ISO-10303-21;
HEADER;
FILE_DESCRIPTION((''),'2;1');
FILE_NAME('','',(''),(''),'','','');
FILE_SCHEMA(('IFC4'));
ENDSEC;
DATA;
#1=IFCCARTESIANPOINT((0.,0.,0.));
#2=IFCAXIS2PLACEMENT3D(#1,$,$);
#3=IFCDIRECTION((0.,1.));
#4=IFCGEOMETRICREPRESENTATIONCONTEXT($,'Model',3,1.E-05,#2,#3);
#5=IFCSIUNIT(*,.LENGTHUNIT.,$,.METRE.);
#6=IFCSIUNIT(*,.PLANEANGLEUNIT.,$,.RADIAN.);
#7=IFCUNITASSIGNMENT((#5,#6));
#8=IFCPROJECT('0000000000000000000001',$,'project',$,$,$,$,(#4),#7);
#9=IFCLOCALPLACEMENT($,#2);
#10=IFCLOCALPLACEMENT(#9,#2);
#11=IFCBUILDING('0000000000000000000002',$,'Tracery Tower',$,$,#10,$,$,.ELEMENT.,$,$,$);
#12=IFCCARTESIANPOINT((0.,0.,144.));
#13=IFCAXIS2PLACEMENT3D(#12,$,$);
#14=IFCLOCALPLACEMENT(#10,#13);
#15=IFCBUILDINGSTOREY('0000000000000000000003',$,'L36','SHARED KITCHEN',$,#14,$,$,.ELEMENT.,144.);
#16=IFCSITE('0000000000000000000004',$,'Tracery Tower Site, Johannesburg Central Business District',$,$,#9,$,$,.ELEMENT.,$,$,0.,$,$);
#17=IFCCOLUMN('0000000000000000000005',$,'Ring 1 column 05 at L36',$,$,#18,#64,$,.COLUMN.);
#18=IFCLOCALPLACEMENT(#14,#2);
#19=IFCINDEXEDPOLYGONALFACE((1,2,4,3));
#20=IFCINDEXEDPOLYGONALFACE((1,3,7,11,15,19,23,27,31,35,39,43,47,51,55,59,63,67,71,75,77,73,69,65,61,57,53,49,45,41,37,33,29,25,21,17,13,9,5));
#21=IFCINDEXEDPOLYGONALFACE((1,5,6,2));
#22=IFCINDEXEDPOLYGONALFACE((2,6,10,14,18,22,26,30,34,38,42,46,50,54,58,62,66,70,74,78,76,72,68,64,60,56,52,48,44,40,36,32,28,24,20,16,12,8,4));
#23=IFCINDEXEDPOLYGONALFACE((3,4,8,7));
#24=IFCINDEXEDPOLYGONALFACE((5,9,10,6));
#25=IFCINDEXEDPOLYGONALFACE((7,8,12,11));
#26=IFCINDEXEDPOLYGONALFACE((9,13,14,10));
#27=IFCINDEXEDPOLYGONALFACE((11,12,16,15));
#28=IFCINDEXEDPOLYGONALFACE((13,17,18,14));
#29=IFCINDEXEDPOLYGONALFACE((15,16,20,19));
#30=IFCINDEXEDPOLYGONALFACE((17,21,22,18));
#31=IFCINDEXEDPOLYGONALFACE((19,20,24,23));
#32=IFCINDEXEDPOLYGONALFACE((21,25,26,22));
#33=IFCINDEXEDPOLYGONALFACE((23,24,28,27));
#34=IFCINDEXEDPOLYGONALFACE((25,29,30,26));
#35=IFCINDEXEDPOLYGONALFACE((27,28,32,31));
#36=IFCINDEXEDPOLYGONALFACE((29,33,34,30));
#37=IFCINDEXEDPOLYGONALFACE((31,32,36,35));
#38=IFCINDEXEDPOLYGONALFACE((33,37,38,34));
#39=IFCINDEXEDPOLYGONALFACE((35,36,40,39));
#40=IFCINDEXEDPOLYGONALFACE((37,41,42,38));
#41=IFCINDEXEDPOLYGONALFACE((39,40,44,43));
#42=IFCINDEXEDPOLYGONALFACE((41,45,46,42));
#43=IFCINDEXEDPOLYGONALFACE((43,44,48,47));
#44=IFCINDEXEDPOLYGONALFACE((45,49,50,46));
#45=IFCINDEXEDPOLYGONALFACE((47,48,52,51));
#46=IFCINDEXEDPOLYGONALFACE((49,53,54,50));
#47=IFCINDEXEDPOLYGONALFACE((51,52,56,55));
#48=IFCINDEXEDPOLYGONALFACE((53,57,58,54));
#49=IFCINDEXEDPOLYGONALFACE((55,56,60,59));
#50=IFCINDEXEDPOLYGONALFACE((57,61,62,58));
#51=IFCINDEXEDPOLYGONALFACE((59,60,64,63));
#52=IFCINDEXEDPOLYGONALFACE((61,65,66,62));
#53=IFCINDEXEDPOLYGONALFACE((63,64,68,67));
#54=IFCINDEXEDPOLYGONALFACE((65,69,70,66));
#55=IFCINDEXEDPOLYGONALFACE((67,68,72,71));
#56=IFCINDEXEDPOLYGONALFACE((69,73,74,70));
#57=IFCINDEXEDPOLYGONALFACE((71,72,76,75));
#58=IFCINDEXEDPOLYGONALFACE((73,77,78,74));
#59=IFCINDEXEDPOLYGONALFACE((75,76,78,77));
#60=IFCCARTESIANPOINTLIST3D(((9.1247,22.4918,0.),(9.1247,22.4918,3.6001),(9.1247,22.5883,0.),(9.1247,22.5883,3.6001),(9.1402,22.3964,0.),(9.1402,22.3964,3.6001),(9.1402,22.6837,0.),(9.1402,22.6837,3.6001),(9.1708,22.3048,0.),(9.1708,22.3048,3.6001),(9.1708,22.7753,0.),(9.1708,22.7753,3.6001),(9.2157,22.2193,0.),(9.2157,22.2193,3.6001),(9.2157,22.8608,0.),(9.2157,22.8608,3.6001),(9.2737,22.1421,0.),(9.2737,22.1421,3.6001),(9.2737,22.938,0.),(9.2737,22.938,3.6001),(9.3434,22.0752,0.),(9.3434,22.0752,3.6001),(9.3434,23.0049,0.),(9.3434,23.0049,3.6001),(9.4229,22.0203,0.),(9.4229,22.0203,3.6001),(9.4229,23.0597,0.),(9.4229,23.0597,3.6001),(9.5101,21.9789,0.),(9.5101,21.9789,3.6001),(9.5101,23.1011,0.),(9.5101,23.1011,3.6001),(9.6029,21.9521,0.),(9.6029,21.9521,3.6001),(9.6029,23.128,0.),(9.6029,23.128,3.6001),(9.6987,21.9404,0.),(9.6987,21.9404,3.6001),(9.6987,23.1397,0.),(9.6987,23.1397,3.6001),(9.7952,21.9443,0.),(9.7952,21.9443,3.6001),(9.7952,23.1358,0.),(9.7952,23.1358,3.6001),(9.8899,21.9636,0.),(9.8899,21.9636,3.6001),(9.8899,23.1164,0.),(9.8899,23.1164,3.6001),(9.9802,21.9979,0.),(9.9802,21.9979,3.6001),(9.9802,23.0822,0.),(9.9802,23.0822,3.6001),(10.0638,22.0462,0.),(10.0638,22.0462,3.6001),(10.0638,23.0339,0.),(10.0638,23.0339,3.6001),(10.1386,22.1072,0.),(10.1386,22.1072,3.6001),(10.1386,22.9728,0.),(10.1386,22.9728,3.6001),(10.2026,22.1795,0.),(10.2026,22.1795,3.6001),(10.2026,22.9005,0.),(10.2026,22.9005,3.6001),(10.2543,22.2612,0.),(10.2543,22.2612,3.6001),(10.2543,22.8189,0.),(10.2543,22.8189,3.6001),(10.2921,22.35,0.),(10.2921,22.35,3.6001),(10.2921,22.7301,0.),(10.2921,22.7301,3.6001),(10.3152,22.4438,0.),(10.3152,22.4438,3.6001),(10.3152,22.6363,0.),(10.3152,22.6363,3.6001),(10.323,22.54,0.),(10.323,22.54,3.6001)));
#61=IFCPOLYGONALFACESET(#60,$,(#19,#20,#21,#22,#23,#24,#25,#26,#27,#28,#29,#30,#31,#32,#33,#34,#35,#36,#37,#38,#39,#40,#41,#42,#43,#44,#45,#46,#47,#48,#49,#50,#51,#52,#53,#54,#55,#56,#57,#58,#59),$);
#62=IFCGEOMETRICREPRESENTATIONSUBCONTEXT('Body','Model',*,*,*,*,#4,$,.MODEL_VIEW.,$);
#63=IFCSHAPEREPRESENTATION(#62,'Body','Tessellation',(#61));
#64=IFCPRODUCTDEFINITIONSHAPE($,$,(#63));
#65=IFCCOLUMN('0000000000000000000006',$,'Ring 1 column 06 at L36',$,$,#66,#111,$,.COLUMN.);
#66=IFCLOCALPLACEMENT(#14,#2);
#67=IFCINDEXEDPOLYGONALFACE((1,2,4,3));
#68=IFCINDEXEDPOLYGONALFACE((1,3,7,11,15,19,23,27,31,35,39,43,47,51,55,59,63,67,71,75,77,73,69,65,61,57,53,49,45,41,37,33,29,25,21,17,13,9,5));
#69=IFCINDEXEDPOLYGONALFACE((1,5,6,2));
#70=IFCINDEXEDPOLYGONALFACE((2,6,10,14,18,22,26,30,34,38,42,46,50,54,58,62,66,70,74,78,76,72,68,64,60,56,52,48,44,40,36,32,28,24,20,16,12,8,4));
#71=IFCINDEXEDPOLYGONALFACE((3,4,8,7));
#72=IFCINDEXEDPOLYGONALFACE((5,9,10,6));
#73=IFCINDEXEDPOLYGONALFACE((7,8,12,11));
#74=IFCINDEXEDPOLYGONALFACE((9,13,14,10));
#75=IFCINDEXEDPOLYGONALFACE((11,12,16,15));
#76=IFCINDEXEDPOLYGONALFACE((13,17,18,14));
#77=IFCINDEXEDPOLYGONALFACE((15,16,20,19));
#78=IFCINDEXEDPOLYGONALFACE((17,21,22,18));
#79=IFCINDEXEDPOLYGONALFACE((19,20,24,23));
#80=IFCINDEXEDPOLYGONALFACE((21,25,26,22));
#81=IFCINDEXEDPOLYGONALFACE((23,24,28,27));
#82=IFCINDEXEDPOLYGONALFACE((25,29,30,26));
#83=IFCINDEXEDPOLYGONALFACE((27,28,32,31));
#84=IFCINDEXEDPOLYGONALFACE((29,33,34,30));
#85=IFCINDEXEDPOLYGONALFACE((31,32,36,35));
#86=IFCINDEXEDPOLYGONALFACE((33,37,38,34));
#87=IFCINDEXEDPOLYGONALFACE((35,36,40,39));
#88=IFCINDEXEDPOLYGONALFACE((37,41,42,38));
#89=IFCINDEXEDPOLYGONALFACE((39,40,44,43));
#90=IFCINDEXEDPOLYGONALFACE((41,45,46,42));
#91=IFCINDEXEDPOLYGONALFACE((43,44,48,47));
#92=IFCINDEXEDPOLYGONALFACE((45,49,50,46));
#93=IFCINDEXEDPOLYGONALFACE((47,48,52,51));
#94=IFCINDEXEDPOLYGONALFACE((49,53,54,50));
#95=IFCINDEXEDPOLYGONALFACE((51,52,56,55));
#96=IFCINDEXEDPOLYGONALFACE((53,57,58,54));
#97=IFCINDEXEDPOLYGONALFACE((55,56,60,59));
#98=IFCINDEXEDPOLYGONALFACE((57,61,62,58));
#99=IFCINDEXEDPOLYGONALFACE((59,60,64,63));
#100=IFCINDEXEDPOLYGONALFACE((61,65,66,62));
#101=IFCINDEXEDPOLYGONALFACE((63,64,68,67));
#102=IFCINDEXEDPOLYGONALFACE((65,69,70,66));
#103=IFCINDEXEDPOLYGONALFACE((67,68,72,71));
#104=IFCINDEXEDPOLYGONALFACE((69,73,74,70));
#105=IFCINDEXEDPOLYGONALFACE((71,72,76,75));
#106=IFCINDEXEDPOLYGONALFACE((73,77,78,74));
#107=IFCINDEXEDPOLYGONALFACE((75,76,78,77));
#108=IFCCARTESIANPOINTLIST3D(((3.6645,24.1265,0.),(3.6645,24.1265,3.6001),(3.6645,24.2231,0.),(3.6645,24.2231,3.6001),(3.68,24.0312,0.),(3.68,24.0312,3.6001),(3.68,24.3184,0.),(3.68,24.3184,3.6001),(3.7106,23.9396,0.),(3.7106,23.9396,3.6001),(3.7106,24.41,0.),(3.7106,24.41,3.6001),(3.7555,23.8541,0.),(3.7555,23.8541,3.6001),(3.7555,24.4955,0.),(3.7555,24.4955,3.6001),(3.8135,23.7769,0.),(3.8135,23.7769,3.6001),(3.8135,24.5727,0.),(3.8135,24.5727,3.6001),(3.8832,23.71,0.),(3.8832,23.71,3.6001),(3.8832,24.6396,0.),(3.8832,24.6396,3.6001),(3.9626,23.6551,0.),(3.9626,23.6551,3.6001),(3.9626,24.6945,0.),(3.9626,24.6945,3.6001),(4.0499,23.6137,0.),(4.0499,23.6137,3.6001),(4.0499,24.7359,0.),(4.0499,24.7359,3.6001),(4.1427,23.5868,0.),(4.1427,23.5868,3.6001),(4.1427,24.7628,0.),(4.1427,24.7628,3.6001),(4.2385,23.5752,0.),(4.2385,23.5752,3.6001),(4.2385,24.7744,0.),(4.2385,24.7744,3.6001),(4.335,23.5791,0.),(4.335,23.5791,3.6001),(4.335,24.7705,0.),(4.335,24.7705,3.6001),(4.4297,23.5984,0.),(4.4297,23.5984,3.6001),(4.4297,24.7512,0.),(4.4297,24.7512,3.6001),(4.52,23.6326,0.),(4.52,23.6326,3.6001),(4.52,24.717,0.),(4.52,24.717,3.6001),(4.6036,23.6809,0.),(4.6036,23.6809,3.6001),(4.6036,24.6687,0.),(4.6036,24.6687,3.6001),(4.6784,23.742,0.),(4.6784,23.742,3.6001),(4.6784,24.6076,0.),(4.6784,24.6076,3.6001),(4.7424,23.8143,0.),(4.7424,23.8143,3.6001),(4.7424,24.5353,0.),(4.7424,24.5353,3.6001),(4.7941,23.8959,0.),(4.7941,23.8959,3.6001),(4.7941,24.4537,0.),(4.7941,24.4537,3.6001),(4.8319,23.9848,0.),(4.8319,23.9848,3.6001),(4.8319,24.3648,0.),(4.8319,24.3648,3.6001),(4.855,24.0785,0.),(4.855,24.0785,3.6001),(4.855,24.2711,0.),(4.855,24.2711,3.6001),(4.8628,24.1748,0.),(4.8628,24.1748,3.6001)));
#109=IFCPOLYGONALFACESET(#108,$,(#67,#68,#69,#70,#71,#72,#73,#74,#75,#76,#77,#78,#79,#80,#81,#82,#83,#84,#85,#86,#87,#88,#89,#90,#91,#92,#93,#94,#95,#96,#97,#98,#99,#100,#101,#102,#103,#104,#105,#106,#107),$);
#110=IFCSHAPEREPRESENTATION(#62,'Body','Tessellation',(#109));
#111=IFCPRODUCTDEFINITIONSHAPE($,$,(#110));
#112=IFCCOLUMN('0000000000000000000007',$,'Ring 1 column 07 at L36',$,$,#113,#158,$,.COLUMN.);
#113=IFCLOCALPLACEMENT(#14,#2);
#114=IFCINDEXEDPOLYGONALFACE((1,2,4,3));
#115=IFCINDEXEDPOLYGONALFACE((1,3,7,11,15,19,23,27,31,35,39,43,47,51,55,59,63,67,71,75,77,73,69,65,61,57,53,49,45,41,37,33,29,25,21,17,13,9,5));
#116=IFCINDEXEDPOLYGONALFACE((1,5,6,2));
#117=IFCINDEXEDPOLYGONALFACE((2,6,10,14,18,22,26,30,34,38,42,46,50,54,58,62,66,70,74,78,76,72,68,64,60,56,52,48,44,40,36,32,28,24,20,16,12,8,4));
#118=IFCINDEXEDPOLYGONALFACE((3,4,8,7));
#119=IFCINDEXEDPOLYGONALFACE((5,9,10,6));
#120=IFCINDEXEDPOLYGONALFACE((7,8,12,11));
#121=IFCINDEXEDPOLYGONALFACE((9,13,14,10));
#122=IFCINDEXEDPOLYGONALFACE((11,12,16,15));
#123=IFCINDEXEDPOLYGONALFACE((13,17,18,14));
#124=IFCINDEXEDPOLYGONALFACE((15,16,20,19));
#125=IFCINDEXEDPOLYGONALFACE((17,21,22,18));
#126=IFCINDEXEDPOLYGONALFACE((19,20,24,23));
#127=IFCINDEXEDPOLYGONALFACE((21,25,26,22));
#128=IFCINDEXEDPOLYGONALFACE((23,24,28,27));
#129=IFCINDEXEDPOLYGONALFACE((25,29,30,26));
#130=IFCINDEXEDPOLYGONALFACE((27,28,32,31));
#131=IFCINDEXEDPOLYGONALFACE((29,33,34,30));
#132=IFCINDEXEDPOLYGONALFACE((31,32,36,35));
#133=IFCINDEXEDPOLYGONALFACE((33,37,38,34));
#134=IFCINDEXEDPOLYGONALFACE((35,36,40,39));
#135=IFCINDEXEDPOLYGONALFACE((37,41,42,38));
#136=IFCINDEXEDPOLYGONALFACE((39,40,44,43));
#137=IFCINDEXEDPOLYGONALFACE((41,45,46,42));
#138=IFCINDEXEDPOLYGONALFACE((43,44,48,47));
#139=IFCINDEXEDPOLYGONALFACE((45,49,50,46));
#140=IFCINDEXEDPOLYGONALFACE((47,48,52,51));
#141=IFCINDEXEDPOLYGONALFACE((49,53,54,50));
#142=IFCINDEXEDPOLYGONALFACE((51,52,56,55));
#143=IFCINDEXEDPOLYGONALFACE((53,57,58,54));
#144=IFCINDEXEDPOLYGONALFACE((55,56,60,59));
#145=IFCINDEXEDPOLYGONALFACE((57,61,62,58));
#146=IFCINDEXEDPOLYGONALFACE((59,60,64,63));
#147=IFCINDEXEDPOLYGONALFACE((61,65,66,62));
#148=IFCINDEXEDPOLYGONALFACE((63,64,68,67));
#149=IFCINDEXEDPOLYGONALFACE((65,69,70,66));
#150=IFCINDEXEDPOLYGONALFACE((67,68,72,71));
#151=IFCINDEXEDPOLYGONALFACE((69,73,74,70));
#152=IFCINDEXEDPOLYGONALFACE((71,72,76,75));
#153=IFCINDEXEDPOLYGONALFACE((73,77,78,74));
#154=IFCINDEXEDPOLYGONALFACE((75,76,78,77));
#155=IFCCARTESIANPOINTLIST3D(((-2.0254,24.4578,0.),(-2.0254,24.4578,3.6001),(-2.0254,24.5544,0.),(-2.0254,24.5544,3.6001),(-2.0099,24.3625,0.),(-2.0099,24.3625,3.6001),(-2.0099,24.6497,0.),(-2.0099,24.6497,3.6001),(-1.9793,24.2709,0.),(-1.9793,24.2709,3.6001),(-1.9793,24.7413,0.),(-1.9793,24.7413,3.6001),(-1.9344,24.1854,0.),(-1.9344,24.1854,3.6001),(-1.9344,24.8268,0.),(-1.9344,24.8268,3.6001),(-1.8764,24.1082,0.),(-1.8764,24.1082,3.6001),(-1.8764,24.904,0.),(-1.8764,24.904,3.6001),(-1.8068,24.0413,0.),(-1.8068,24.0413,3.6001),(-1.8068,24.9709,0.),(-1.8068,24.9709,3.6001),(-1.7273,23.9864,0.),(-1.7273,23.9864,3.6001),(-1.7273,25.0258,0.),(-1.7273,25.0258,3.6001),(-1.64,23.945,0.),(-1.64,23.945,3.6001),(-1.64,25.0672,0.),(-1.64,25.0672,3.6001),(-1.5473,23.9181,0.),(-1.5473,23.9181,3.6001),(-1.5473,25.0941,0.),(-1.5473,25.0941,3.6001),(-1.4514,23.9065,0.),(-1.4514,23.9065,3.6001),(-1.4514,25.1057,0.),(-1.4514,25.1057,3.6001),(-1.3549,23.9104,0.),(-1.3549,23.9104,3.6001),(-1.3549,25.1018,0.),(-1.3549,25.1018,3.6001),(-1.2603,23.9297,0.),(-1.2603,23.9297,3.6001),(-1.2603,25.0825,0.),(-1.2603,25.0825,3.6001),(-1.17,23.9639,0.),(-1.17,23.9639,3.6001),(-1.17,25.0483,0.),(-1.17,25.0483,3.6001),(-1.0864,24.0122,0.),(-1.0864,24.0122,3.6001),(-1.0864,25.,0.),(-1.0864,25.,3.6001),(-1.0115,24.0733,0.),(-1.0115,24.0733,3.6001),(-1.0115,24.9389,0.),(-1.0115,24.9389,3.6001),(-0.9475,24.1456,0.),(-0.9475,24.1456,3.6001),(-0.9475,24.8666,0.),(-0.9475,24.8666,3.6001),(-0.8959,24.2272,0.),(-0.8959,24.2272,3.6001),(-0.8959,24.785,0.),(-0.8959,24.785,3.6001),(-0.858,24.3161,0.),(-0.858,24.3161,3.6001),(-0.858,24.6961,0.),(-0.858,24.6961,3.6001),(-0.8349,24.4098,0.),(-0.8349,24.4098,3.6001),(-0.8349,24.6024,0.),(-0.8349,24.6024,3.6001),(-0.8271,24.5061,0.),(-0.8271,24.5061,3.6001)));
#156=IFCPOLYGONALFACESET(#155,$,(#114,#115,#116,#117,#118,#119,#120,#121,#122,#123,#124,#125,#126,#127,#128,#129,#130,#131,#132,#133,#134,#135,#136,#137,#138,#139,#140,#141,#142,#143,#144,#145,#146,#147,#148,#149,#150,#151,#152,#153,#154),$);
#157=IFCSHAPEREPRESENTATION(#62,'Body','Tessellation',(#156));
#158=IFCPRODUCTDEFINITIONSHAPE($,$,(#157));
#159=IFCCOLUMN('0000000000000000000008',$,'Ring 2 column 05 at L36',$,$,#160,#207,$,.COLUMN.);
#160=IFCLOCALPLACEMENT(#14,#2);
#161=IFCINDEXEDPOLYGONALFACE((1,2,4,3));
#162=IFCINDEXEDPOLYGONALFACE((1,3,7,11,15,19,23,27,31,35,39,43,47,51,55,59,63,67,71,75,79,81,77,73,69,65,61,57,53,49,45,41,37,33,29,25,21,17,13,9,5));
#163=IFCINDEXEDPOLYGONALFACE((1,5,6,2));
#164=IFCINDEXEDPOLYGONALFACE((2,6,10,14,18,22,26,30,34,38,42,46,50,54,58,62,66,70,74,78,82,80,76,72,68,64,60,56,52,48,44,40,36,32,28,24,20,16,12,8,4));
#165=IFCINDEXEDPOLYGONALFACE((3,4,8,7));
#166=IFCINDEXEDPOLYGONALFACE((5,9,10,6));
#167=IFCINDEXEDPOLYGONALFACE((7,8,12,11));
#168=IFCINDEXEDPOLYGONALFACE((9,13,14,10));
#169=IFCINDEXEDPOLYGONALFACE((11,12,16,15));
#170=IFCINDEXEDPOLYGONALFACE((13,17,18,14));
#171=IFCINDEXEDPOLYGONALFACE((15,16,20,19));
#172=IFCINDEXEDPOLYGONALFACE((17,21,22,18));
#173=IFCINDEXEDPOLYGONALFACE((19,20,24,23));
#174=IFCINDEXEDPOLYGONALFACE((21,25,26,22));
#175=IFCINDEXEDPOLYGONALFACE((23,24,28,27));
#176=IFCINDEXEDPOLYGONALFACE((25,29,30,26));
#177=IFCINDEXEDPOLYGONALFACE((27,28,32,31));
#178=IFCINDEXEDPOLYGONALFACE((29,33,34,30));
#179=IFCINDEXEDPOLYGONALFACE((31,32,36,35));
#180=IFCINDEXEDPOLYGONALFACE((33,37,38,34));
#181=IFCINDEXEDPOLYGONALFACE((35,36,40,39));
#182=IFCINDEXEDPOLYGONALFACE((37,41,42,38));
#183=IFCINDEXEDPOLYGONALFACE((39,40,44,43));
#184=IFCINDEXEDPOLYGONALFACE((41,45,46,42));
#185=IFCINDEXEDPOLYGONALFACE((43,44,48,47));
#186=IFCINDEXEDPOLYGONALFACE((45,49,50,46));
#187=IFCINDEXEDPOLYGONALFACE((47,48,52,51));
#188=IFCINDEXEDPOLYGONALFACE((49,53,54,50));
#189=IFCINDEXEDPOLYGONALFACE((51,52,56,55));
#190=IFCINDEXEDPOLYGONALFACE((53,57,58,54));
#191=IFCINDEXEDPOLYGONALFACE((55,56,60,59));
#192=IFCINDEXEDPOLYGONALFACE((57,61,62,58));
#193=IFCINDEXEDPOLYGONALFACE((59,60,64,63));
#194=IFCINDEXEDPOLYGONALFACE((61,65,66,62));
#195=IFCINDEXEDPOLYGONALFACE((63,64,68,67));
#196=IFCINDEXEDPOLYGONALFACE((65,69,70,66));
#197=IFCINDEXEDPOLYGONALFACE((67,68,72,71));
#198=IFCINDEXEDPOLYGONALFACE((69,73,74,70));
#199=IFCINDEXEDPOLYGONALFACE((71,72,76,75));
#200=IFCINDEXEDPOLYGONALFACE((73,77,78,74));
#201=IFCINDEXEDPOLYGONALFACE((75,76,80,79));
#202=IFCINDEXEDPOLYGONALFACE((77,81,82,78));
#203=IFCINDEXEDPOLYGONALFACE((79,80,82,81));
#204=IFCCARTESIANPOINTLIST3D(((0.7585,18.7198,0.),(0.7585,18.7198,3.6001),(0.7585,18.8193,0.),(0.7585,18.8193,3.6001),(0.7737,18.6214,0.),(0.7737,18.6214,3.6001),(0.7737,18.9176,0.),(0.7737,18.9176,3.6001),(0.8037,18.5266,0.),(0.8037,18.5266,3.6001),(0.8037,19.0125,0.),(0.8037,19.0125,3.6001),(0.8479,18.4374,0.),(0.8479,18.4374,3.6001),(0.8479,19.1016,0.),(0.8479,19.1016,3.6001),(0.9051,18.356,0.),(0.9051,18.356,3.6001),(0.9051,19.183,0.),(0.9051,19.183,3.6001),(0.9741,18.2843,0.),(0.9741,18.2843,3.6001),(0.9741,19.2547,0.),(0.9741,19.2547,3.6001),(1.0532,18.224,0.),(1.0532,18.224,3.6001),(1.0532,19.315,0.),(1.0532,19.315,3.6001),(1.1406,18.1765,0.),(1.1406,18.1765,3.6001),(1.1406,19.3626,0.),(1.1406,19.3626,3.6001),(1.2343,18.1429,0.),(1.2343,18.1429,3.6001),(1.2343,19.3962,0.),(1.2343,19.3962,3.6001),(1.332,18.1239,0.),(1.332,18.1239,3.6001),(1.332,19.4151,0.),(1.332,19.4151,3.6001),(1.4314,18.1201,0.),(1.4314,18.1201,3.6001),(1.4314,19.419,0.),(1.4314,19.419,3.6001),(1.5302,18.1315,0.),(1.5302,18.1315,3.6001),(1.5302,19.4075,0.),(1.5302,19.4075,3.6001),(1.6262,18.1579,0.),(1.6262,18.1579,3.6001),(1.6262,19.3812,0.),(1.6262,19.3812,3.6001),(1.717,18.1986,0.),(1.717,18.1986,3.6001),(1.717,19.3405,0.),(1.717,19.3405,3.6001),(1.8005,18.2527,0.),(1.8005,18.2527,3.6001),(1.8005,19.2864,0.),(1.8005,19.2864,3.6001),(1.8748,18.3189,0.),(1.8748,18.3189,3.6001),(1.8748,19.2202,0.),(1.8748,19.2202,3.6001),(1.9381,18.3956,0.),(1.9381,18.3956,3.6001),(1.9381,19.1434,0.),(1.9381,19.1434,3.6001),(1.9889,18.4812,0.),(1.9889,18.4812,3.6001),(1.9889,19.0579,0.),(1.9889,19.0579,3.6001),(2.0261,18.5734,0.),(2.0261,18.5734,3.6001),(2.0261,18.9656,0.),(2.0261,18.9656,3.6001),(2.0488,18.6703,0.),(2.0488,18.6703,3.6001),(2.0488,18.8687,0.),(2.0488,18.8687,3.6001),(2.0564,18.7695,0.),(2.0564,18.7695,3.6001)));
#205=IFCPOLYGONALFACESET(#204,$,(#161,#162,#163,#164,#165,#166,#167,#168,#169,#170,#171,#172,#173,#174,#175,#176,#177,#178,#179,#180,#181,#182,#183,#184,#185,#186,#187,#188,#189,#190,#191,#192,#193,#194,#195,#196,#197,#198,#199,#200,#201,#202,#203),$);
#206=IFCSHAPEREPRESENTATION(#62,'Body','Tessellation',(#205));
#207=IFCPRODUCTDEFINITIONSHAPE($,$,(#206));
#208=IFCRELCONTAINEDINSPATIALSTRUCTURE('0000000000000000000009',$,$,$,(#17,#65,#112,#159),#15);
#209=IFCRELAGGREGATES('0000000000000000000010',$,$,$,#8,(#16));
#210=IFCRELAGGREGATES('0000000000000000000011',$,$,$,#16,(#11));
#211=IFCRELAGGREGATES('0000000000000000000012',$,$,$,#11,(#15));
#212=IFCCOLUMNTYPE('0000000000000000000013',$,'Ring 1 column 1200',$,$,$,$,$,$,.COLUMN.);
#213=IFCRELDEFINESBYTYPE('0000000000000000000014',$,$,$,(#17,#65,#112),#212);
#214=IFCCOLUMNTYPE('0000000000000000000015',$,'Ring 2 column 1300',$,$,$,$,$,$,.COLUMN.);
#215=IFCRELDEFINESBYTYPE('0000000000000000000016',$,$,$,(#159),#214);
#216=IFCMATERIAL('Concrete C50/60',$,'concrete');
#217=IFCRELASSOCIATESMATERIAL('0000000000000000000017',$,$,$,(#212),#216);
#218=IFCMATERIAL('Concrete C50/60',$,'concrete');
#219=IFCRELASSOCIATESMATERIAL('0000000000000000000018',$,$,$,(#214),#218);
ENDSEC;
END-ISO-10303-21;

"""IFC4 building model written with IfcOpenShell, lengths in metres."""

from ifc_helpers import new_model, si_unit, direction, frame, origin, origin_2d, place, context, subcontext, project, spatial, circle, extrude, material, material_profile, profile_set, type_object, element, save


model = new_model("IFC4")

# Units and contexts
model_context = context("Model", 3, precision=1e-05, world=origin(), true_north=direction((0.0, 1.0)))
body_context = subcontext(model_context, "Body", "Model", "MODEL_VIEW")
ifc_project = project(units=[si_unit("LENGTHUNIT", "METRE"), si_unit("PLANEANGLEUNIT", "RADIAN")], contexts=[model_context])

# Site, building, storey
site_placement = place(None, origin())
site = spatial("IfcSite", under=ifc_project, at=site_placement, Name="Tracery Tower Site, Johannesburg Central Business District", CompositionType="ELEMENT", RefElevation=0.0)
building_placement = place(site_placement, origin())
building = spatial("IfcBuilding", under=site, at=building_placement, Name="Tracery Tower", CompositionType="ELEMENT")
storey_placement = place(building_placement, frame((0.0, 0.0, 144.0)))
storey = spatial("IfcBuildingStorey", under=building, at=storey_placement, Name="L36", Description="SHARED KITCHEN", CompositionType="ELEMENT", Elevation=144.0)

# Columns
ifc_material_1 = material(Name="Concrete C50/60", Category="concrete")
ifc_material_profile_1 = material_profile(ifc_material_1, circle(Radius=0.6001, at=origin_2d()), Name="RC D1200")
ifc_profile_set_1 = profile_set([ifc_material_profile_1], Name="Concrete C50/60")
column_type_1 = type_object("IfcColumnType", Name="Ring 1 column 1200", PredefinedType="COLUMN", material=ifc_profile_set_1)
for number, where, z_axis, x_axis, name in (
    (1, (9.7229, 22.54, 0.0), (0.0, 0.0, 1.0), (1.0, 0.0, 0.0), "Ring 1 column 05 at L36"),
    (2, (4.2627, 24.1748, 0.0), (0.0, 0.0, 1.0), (1.0, 0.0, 0.0), "Ring 1 column 06 at L36"),
    (3, (-1.4272, 24.5061, 0.0), (0.0, 0.0, 1.0), (1.0, 0.0, 0.0), "Ring 1 column 07 at L36"),
):
    element("IfcColumn", number, at=place(storey_placement, frame(where, z_axis=z_axis, x_axis=x_axis)), inside=storey, type_object=column_type_1, Name=name, PredefinedType="COLUMN", context=body_context, shape_type="SweptSolid", body=[
        extrude(circle(Radius=0.6001, at=origin_2d()), origin(), (0.0, 0.0, 1.0), 3.6001),
    ])
ifc_material_2 = material(Name="Concrete C50/60", Category="concrete")
ifc_material_profile_2 = material_profile(ifc_material_2, circle(Radius=0.6499, at=origin_2d()), Name="RC D1300")
ifc_profile_set_2 = profile_set([ifc_material_profile_2], Name="Concrete C50/60")
column_type_2 = type_object("IfcColumnType", Name="Ring 2 column 1300", PredefinedType="COLUMN", material=ifc_profile_set_2)
column_placement = place(storey_placement, frame((1.4065, 18.7695, 0.0), z_axis=(0.0, 0.0, 1.0), x_axis=(1.0, 0.0, 0.0)))
element("IfcColumn", 4, at=column_placement, inside=storey, type_object=column_type_2, Name="Ring 2 column 05 at L36", PredefinedType="COLUMN", context=body_context, shape_type="SweptSolid", body=[
    extrude(circle(Radius=0.6499, at=origin_2d()), origin(), (0.0, 0.0, 1.0), 3.6001),
])

save(model, "model.ifc")
